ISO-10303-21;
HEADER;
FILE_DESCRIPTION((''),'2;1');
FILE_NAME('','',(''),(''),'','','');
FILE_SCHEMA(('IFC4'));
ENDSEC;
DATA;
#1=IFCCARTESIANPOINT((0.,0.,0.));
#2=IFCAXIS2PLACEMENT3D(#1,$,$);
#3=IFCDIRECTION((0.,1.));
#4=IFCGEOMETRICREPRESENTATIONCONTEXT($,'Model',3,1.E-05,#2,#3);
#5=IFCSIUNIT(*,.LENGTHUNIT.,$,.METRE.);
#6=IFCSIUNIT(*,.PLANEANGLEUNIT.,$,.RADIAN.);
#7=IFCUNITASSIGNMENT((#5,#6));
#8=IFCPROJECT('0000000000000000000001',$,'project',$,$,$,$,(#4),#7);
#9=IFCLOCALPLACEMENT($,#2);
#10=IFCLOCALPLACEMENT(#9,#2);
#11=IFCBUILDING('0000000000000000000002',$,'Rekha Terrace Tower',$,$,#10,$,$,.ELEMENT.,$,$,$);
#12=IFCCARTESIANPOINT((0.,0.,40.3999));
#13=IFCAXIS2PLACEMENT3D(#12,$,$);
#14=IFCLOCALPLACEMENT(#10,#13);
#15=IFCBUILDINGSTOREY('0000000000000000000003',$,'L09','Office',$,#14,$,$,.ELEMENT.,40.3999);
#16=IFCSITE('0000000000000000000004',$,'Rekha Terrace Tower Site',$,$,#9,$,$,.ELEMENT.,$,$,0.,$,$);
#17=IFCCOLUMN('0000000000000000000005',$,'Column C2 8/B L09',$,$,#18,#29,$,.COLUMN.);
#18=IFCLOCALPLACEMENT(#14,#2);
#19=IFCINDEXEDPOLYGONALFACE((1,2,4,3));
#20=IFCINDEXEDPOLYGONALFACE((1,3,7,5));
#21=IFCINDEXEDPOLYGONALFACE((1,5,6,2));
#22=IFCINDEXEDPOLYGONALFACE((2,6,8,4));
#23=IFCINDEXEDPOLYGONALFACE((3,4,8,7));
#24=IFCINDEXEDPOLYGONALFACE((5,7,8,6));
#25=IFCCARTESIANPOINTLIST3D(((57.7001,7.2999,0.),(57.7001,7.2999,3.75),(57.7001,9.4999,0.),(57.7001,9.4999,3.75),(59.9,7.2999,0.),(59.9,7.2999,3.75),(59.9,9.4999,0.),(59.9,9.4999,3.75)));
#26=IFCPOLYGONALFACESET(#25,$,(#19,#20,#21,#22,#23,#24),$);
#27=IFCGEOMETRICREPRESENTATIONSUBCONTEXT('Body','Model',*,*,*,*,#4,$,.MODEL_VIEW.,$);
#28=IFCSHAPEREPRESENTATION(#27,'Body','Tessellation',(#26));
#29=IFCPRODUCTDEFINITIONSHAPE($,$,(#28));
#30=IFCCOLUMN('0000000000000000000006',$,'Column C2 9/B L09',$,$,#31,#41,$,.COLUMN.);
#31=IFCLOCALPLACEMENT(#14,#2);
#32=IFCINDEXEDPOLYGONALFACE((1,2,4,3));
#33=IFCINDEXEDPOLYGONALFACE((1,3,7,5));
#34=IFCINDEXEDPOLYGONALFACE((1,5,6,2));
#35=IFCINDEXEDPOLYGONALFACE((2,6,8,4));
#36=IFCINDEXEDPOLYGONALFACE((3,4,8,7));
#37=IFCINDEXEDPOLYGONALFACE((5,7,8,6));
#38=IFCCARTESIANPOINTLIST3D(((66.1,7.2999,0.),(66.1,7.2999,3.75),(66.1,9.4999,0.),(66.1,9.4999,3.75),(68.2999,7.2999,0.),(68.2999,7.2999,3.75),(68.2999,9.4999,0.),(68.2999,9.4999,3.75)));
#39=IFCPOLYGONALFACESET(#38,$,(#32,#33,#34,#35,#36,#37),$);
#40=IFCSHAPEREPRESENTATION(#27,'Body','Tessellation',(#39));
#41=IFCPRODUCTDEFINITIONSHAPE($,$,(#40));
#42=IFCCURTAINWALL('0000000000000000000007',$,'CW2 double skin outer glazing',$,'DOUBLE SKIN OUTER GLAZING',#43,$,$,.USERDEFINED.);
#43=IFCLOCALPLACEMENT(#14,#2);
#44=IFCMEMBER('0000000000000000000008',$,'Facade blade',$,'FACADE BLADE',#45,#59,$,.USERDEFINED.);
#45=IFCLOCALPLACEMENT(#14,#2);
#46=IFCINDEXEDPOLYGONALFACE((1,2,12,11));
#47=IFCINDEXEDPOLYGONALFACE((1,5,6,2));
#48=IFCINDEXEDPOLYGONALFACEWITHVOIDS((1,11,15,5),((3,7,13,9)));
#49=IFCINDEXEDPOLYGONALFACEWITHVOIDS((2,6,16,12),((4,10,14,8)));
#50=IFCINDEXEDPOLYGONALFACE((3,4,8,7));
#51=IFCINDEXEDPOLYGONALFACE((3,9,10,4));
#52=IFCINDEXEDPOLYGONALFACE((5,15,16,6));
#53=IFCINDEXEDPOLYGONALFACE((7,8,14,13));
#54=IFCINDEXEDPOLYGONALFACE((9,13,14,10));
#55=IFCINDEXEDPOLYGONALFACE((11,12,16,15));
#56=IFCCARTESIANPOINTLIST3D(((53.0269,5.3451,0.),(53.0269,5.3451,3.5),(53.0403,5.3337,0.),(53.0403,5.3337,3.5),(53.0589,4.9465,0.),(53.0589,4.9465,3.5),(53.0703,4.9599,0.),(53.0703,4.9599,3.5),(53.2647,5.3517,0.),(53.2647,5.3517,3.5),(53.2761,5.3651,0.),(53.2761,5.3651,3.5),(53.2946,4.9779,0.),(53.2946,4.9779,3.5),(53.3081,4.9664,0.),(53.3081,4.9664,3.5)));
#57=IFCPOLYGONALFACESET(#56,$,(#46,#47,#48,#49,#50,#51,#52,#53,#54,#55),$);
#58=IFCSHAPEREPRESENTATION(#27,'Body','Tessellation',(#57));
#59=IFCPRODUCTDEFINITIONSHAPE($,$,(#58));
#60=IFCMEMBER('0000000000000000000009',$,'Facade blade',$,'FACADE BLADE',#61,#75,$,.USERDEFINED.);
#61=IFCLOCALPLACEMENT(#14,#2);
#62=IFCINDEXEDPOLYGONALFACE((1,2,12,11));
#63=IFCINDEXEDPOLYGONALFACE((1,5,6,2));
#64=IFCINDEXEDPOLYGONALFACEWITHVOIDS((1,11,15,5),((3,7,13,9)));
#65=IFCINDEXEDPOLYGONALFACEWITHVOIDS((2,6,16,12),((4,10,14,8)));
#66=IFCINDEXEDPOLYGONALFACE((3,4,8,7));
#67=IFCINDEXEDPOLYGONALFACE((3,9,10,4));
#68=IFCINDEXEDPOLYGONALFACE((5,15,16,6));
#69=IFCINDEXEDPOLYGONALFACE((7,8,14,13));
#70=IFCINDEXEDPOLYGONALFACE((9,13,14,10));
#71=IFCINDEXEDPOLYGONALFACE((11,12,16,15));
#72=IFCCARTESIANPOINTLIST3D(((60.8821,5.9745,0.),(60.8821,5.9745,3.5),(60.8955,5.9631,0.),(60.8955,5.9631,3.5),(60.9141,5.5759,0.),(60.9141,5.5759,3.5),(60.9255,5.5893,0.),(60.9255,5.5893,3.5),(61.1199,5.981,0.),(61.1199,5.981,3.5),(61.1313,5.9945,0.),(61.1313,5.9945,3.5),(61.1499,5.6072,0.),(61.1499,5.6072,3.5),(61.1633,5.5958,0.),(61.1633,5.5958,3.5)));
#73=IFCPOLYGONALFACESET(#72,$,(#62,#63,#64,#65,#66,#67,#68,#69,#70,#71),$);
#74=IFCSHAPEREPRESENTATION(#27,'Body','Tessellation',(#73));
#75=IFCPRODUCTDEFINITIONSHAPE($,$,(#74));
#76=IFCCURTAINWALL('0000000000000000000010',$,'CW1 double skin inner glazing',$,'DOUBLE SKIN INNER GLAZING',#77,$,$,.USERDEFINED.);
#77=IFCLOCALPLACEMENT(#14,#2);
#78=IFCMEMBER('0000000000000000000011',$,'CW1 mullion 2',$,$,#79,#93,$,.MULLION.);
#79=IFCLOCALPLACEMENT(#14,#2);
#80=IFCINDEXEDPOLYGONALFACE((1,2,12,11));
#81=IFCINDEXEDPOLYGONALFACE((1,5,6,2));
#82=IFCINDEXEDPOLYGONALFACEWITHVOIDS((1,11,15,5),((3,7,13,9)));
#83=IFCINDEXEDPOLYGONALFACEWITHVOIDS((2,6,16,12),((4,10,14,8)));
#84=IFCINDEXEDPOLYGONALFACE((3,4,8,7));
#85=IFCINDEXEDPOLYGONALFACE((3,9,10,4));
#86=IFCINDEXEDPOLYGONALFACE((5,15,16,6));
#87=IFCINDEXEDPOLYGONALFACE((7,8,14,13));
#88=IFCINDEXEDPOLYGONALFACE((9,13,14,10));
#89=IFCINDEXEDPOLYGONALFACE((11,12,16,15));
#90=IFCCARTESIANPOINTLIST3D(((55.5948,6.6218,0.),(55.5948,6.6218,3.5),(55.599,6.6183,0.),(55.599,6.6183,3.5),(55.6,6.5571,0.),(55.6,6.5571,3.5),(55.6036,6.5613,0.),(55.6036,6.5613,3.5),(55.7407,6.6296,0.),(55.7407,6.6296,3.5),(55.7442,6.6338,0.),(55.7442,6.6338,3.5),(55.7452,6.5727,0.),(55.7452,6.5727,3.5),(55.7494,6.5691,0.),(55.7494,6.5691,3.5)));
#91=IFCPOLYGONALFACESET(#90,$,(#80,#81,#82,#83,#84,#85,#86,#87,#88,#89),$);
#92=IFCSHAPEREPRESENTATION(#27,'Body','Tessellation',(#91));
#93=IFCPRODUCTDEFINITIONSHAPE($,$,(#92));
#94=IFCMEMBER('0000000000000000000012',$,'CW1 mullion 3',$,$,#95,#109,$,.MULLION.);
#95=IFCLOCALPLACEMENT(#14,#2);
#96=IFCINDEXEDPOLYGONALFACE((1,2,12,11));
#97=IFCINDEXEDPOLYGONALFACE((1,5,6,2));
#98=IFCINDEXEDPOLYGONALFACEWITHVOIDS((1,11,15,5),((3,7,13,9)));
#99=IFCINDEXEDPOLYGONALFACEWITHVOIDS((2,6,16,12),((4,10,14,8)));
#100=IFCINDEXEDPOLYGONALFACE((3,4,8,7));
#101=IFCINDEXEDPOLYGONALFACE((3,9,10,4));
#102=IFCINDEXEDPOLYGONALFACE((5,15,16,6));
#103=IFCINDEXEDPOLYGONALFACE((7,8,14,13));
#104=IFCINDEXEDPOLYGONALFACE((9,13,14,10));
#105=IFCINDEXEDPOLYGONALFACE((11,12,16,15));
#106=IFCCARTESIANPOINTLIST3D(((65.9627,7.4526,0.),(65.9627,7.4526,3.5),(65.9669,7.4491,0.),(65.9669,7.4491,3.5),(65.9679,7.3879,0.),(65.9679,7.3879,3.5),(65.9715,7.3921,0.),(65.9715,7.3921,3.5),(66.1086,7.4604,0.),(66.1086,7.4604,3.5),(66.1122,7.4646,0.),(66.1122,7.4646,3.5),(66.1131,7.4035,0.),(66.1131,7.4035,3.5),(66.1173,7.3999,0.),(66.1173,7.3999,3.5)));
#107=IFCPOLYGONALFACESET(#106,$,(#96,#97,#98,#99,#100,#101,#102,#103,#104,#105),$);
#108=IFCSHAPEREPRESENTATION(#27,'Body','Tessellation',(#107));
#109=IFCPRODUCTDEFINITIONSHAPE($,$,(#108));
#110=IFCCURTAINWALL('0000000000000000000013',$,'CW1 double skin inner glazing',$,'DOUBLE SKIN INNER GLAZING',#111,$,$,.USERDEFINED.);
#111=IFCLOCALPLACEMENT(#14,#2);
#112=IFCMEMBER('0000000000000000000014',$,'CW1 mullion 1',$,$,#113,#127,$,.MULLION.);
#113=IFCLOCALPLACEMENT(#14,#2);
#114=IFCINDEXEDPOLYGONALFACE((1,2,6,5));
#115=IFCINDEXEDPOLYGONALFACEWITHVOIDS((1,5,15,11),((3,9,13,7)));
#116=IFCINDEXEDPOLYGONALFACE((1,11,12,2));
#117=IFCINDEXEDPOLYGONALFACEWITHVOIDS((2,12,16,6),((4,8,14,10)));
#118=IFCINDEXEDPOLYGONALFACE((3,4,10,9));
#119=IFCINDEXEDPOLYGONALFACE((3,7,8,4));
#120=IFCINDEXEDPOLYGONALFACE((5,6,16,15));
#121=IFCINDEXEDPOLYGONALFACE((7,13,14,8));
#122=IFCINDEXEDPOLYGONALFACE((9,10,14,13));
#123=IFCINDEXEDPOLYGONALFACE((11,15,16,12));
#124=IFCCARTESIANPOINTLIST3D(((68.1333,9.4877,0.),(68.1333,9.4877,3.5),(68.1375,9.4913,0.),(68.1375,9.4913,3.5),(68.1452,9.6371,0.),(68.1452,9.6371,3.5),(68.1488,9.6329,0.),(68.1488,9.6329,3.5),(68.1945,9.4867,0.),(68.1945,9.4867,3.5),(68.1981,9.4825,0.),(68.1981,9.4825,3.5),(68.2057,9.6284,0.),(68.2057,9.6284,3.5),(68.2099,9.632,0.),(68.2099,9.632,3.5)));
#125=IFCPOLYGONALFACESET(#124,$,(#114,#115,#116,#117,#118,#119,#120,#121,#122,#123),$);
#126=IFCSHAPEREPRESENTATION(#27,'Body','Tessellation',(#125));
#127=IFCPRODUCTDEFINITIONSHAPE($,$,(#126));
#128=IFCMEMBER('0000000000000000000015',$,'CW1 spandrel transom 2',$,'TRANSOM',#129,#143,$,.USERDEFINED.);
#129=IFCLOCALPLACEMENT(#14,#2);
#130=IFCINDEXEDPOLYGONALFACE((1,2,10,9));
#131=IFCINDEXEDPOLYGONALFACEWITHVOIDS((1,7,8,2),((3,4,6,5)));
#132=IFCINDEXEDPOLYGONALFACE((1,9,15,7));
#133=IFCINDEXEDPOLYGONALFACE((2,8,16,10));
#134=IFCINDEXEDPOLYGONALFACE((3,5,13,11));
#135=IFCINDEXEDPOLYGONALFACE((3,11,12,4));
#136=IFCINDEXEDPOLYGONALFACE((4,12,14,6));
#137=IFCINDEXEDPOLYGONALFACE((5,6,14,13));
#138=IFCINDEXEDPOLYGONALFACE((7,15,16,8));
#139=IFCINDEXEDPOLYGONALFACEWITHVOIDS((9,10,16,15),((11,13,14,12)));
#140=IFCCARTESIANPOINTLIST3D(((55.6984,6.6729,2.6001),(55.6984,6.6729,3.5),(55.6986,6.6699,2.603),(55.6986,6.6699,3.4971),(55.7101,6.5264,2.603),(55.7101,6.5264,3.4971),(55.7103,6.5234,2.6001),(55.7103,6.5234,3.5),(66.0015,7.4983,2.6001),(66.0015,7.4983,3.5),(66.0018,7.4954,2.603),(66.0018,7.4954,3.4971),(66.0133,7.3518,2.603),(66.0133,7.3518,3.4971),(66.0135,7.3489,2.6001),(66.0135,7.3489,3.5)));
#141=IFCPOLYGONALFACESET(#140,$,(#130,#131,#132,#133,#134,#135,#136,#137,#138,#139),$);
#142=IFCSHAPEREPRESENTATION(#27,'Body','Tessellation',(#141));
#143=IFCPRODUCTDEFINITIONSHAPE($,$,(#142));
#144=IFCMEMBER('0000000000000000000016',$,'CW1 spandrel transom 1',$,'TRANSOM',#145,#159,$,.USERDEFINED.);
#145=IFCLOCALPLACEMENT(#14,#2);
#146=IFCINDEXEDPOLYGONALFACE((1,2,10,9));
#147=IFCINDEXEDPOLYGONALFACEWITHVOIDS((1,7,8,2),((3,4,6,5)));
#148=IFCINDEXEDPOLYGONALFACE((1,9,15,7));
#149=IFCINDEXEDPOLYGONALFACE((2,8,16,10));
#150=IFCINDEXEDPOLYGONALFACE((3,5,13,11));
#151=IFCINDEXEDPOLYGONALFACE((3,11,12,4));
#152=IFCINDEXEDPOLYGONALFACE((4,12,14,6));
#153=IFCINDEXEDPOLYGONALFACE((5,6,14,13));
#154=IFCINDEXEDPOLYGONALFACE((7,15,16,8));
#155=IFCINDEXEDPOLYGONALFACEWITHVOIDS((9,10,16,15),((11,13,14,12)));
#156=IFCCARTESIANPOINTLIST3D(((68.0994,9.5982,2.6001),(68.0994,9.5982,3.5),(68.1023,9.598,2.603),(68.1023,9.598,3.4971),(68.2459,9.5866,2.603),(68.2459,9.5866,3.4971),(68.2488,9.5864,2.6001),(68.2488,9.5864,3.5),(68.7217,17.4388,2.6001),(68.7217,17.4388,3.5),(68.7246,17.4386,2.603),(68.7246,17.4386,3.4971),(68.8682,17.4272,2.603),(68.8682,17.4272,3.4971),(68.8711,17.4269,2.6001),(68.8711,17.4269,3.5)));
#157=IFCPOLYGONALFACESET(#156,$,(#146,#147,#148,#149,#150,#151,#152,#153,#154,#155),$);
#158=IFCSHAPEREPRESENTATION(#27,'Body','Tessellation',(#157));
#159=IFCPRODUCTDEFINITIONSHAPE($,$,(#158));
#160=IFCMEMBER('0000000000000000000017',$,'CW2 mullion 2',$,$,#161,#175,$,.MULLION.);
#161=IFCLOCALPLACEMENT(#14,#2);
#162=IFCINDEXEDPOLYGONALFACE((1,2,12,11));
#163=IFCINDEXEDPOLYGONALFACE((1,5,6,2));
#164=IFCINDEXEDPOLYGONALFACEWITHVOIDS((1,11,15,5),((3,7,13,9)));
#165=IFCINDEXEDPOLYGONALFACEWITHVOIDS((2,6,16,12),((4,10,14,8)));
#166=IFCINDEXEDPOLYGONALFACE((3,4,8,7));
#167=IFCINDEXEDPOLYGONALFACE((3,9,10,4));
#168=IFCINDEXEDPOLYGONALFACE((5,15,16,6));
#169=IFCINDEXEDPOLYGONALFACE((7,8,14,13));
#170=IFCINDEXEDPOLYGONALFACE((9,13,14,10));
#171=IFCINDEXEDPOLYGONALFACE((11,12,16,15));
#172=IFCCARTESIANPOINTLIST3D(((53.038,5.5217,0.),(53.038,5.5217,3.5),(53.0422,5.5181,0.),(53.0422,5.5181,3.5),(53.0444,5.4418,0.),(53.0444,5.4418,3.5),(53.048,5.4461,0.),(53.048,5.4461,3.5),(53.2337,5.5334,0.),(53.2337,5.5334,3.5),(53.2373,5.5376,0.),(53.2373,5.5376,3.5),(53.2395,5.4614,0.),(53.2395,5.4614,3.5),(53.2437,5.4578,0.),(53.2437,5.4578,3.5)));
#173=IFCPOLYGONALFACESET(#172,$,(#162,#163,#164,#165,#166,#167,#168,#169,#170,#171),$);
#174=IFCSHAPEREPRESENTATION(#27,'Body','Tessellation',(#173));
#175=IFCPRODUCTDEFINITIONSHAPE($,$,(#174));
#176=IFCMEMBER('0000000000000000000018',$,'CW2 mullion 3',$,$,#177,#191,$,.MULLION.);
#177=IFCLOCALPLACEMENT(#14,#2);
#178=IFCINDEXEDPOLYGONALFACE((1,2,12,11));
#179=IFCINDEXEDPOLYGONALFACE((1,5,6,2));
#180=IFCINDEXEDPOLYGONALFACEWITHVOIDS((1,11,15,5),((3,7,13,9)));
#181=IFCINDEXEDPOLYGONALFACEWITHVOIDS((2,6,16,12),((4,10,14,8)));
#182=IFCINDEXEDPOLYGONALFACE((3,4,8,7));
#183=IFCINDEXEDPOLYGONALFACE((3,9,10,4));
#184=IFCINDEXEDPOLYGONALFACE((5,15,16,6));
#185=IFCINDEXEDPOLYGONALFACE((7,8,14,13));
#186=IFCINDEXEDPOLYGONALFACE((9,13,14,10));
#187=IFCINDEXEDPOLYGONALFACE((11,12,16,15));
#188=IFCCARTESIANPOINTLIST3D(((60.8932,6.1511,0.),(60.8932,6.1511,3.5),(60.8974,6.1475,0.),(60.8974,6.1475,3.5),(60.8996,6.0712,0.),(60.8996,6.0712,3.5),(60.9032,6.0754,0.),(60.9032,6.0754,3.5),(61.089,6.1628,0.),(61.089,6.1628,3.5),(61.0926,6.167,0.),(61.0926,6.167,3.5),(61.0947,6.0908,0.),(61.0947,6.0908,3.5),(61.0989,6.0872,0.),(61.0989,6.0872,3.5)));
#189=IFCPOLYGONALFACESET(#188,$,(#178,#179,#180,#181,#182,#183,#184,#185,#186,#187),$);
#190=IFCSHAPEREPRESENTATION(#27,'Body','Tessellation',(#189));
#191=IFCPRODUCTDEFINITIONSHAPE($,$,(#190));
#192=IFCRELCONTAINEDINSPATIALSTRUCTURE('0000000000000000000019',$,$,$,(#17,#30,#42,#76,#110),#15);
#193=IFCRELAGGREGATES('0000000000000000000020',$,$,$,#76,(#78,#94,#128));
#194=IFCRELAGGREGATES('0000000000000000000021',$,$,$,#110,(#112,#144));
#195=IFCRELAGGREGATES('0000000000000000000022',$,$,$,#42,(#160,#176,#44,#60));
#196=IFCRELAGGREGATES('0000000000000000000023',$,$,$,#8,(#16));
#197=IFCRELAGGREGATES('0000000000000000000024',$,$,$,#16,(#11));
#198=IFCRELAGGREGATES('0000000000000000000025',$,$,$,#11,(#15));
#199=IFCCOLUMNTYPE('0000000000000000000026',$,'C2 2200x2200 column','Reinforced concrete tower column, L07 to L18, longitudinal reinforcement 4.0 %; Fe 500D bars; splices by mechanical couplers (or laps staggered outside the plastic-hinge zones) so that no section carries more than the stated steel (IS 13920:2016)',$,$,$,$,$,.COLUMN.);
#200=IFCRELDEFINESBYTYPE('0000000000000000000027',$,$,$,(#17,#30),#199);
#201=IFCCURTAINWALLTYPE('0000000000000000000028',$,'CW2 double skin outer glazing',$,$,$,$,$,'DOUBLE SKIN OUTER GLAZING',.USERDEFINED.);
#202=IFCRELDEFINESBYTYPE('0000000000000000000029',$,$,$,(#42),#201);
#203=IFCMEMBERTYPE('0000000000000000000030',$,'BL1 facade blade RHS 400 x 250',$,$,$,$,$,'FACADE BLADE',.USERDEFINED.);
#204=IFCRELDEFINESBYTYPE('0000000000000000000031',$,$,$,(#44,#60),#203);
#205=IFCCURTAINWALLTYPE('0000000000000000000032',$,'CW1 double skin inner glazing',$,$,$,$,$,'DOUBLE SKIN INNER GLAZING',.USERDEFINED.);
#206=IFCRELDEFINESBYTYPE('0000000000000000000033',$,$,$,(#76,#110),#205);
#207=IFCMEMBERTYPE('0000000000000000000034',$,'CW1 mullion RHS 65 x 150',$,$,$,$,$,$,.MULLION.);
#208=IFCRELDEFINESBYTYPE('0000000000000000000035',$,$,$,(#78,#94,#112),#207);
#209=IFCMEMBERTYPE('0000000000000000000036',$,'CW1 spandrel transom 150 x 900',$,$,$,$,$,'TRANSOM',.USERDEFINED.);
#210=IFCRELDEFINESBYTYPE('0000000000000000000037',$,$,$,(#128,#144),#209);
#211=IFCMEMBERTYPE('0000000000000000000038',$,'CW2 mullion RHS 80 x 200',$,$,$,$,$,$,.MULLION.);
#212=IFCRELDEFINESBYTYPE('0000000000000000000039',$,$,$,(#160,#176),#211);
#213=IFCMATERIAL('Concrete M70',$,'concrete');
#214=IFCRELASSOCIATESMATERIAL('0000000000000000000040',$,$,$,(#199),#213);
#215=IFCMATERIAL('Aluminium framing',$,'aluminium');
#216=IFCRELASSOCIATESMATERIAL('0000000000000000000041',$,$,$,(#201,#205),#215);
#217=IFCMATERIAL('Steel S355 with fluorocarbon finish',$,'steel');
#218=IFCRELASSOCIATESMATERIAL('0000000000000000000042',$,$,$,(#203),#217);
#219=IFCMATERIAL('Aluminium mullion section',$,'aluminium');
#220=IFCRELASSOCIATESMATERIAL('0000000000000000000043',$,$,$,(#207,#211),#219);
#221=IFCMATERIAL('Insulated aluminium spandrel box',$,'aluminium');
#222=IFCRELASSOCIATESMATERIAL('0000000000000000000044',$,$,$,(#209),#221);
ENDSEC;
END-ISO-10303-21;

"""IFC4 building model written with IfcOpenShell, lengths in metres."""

from ifc_helpers import new_model, si_unit, direction, frame, origin, origin_2d, place, context, subcontext, project, spatial, rectangle, hollow_rectangle, extrude, material, material_profile, profile_set, type_object, element, aggregate, save


model = new_model("IFC4")

# Units and contexts
model_context = context("Model", 3, precision=1e-05, world=origin(), true_north=direction((0.0, 1.0)))
body_context = subcontext(model_context, "Body", "Model", "MODEL_VIEW")
ifc_project = project(units=[si_unit("LENGTHUNIT", "METRE"), si_unit("PLANEANGLEUNIT", "RADIAN")], contexts=[model_context])

# Site, building, storey
site_placement = place(None, origin())
site = spatial("IfcSite", under=ifc_project, at=site_placement, Name="Rekha Terrace Tower Site", CompositionType="ELEMENT", RefElevation=0.0)
building_placement = place(site_placement, origin())
building = spatial("IfcBuilding", under=site, at=building_placement, Name="Rekha Terrace Tower", CompositionType="ELEMENT")
storey_placement = place(building_placement, frame((0.0, 0.0, 40.3999)))
storey = spatial("IfcBuildingStorey", under=building, at=storey_placement, Name="L09", Description="Office", CompositionType="ELEMENT", Elevation=40.3999)

# Columns
ifc_material_1 = material(Name="Concrete M70", Category="concrete")
ifc_material_profile_1 = material_profile(ifc_material_1, rectangle(XDim=2.2, YDim=2.2, at=origin_2d()), Name="RC 2200x2200")
ifc_profile_set_1 = profile_set([ifc_material_profile_1], Name="Concrete M70")
column_type = type_object("IfcColumnType", Name="C2 2200x2200 column", Description="Reinforced concrete tower column, L07 to L18, longitudinal reinforcement 4.0 %; Fe 500D bars; splices by mechanical couplers (or laps staggered outside the plastic-hinge zones) so that no section carries more than the stated steel (IS 13920:2016)", PredefinedType="COLUMN", material=ifc_profile_set_1)
for number, where, z_axis, x_axis, name in (
    (1, (58.8, 8.3999, 0.0), (0.0, 0.0, 1.0), (1.0, 0.0, 0.0), "Column C2 8/B L09"),
    (2, (67.2, 8.3999, 0.0), (0.0, 0.0, 1.0), (1.0, 0.0, 0.0), "Column C2 9/B L09"),
):
    element("IfcColumn", number, at=place(storey_placement, frame(where, z_axis=z_axis, x_axis=x_axis)), inside=storey, type_object=column_type, Name=name, PredefinedType="COLUMN", context=body_context, shape_type="SweptSolid", body=[
        extrude(rectangle(XDim=2.2, YDim=2.2, at=origin_2d()), origin(), (0.0, 0.0, 1.0), 3.75),
    ])

# Curtain walls, members
ifc_material_2 = material(Name="Aluminium framing", Category="aluminium")
curtain_wall_type_1 = type_object("IfcCurtainWallType", Name="CW2 double skin outer glazing", ElementType="DOUBLE SKIN OUTER GLAZING", PredefinedType="USERDEFINED", material=ifc_material_2)
curtain_wall_1_placement = place(storey_placement, origin())
curtain_wall_1 = element("IfcCurtainWall", 3, at=curtain_wall_1_placement, inside=storey, type_object=curtain_wall_type_1, Name="CW2 double skin outer glazing", ObjectType="DOUBLE SKIN OUTER GLAZING", PredefinedType="USERDEFINED")
ifc_material_3 = material(Name="Steel S355 with fluorocarbon finish", Category="steel")
ifc_material_profile_2 = material_profile(ifc_material_3, hollow_rectangle(XDim=0.25, YDim=0.3999, WallThickness=0.0125, at=origin_2d()), Name="RHS400x250x12.5")
ifc_profile_set_2 = profile_set([ifc_material_profile_2], Name="Steel S355 with fluorocarbon finish")
member_type_1 = type_object("IfcMemberType", Name="BL1 facade blade RHS 400 x 250", ElementType="FACADE BLADE", PredefinedType="USERDEFINED", material=ifc_profile_set_2)
member_1_placement = place(storey_placement, frame((53.1675, 5.1558, 0.0), z_axis=(0.0, 0.0, 1.0), x_axis=(0.996805, 0.079872, 0.0)))
member_1 = element("IfcMember", 4, at=member_1_placement, type_object=member_type_1, Name="Facade blade", ObjectType="FACADE BLADE", PredefinedType="USERDEFINED", context=body_context, shape_type="SweptSolid", body=[
    extrude(hollow_rectangle(XDim=0.25, YDim=0.3999, WallThickness=0.0125, at=origin_2d()), origin(), (0.0, 0.0, 1.0), 3.5),
])
member_2_placement = place(storey_placement, frame((61.0227, 5.7852, 0.0), z_axis=(0.0, 0.0, 1.0), x_axis=(0.996805, 0.079872, 0.0)))
member_2 = element("IfcMember", 5, at=member_2_placement, type_object=member_type_1, Name="Facade blade", ObjectType="FACADE BLADE", PredefinedType="USERDEFINED", context=body_context, shape_type="SweptSolid", body=[
    extrude(hollow_rectangle(XDim=0.25, YDim=0.3999, WallThickness=0.0125, at=origin_2d()), origin(), (0.0, 0.0, 1.0), 3.5),
])
curtain_wall_type_2 = type_object("IfcCurtainWallType", Name="CW1 double skin inner glazing", ElementType="DOUBLE SKIN INNER GLAZING", PredefinedType="USERDEFINED", material=ifc_material_2)
curtain_wall_2_placement = place(storey_placement, origin())
curtain_wall_2 = element("IfcCurtainWall", 6, at=curtain_wall_2_placement, inside=storey, type_object=curtain_wall_type_2, Name="CW1 double skin inner glazing", ObjectType="DOUBLE SKIN INNER GLAZING", PredefinedType="USERDEFINED")
ifc_material_4 = material(Name="Aluminium mullion section", Category="aluminium")
ifc_material_profile_3 = material_profile(ifc_material_4, hollow_rectangle(XDim=0.0649, YDim=0.1499, WallThickness=0.0039, at=origin_2d()), Name="AL RHS 65x150")
ifc_profile_set_3 = profile_set([ifc_material_profile_3], Name="Aluminium mullion section")
member_type_2 = type_object("IfcMemberType", Name="CW1 mullion RHS 65 x 150", PredefinedType="MULLION", material=ifc_profile_set_3)
member_3_placement = place(storey_placement, frame((55.6721, 6.5955, 0.0), z_axis=(0.0, 0.0, 1.0), x_axis=(-0.079872, 0.996805, 0.0)))
member_3 = element("IfcMember", 7, at=member_3_placement, type_object=member_type_2, Name="CW1 mullion 2", PredefinedType="MULLION", context=body_context, shape_type="SweptSolid", body=[
    extrude(hollow_rectangle(XDim=0.0649, YDim=0.1499, WallThickness=0.0039, at=origin_2d()), origin(), (0.0, 0.0, 1.0), 3.5),
])
member_4_placement = place(storey_placement, frame((66.04, 7.4263, 0.0), z_axis=(0.0, 0.0, 1.0), x_axis=(-0.079872, 0.996805, 0.0)))
member_4 = element("IfcMember", 8, at=member_4_placement, type_object=member_type_2, Name="CW1 mullion 3", PredefinedType="MULLION", context=body_context, shape_type="SweptSolid", body=[
    extrude(hollow_rectangle(XDim=0.0649, YDim=0.1499, WallThickness=0.0039, at=origin_2d()), origin(), (0.0, 0.0, 1.0), 3.5),
])

# Curtain wall, member
curtain_wall_3_placement = place(storey_placement, origin())
curtain_wall_3 = element("IfcCurtainWall", 9, at=curtain_wall_3_placement, inside=storey, type_object=curtain_wall_type_2, Name="CW1 double skin inner glazing", ObjectType="DOUBLE SKIN INNER GLAZING", PredefinedType="USERDEFINED")
member_5_placement = place(storey_placement, frame((68.1716, 9.5598, 0.0), z_axis=(0.0, 0.0, 1.0), x_axis=(-0.996865, 0.079116, 0.0)))
member_5 = element("IfcMember", 10, at=member_5_placement, type_object=member_type_2, Name="CW1 mullion 1", PredefinedType="MULLION", context=body_context, shape_type="SweptSolid", body=[
    extrude(hollow_rectangle(XDim=0.0649, YDim=0.1499, WallThickness=0.0039, at=origin_2d()), origin(), (0.0, 0.0, 1.0), 3.5),
])

# Members
ifc_material_5 = material(Name="Insulated aluminium spandrel box", Category="aluminium")
ifc_material_profile_4 = material_profile(ifc_material_5, hollow_rectangle(XDim=0.1499, YDim=0.8999, WallThickness=0.0029, at=origin_2d()), Name="AL SPANDREL BOX 150x900")
ifc_profile_set_4 = profile_set([ifc_material_profile_4], Name="Insulated aluminium spandrel box")
member_type_3 = type_object("IfcMemberType", Name="CW1 spandrel transom 150 x 900", ElementType="TRANSOM", PredefinedType="USERDEFINED", material=ifc_profile_set_4)
member_6_placement = place(storey_placement, frame((55.7043, 6.5981, 3.05), z_axis=(0.996806, 0.079859, 0.0), x_axis=(-0.079859, 0.996806, 0.0)))
member_6 = element("IfcMember", 11, at=member_6_placement, type_object=member_type_3, Name="CW1 spandrel transom 2", ObjectType="TRANSOM", PredefinedType="USERDEFINED", context=body_context, shape_type="SweptSolid", body=[
    extrude(hollow_rectangle(XDim=0.1499, YDim=0.8999, WallThickness=0.0029, at=origin_2d()), origin(), (0.0, 0.0, 1.0), 10.3362),
])
member_7_placement = place(storey_placement, frame((68.1741, 9.5923, 3.05), z_axis=(0.079122, 0.996865, 0.0), x_axis=(-0.996865, 0.079122, 0.0)))
member_7 = element("IfcMember", 12, at=member_7_placement, type_object=member_type_3, Name="CW1 spandrel transom 1", ObjectType="TRANSOM", PredefinedType="USERDEFINED", context=body_context, shape_type="SweptSolid", body=[
    extrude(hollow_rectangle(XDim=0.1499, YDim=0.8999, WallThickness=0.0029, at=origin_2d()), origin(), (0.0, 0.0, 1.0), 7.8652),
])
ifc_material_profile_5 = material_profile(ifc_material_4, hollow_rectangle(XDim=0.0801, YDim=0.2, WallThickness=0.0039, at=origin_2d()), Name="AL RHS 80x200")
ifc_profile_set_5 = profile_set([ifc_material_profile_5], Name="Aluminium mullion section")
member_type_4 = type_object("IfcMemberType", Name="CW2 mullion RHS 80 x 200", PredefinedType="MULLION", material=ifc_profile_set_5)
member_8_placement = place(storey_placement, frame((53.1409, 5.4897, 0.0), z_axis=(0.0, 0.0, 1.0), x_axis=(-0.079872, 0.996805, 0.0)))
member_8 = element("IfcMember", 13, at=member_8_placement, type_object=member_type_4, Name="CW2 mullion 2", PredefinedType="MULLION", context=body_context, shape_type="SweptSolid", body=[
    extrude(hollow_rectangle(XDim=0.0801, YDim=0.2, WallThickness=0.0039, at=origin_2d()), origin(), (0.0, 0.0, 1.0), 3.5),
])
member_9_placement = place(storey_placement, frame((60.9961, 6.1191, 0.0), z_axis=(0.0, 0.0, 1.0), x_axis=(-0.079872, 0.996805, 0.0)))
member_9 = element("IfcMember", 14, at=member_9_placement, type_object=member_type_4, Name="CW2 mullion 3", PredefinedType="MULLION", context=body_context, shape_type="SweptSolid", body=[
    extrude(hollow_rectangle(XDim=0.0801, YDim=0.2, WallThickness=0.0039, at=origin_2d()), origin(), (0.0, 0.0, 1.0), 3.5),
])

aggregate(curtain_wall_2, [member_3, member_4, member_6])
aggregate(curtain_wall_3, [member_5, member_7])
aggregate(curtain_wall_1, [member_8, member_9, member_1, member_2])

save(model, "model.ifc")
